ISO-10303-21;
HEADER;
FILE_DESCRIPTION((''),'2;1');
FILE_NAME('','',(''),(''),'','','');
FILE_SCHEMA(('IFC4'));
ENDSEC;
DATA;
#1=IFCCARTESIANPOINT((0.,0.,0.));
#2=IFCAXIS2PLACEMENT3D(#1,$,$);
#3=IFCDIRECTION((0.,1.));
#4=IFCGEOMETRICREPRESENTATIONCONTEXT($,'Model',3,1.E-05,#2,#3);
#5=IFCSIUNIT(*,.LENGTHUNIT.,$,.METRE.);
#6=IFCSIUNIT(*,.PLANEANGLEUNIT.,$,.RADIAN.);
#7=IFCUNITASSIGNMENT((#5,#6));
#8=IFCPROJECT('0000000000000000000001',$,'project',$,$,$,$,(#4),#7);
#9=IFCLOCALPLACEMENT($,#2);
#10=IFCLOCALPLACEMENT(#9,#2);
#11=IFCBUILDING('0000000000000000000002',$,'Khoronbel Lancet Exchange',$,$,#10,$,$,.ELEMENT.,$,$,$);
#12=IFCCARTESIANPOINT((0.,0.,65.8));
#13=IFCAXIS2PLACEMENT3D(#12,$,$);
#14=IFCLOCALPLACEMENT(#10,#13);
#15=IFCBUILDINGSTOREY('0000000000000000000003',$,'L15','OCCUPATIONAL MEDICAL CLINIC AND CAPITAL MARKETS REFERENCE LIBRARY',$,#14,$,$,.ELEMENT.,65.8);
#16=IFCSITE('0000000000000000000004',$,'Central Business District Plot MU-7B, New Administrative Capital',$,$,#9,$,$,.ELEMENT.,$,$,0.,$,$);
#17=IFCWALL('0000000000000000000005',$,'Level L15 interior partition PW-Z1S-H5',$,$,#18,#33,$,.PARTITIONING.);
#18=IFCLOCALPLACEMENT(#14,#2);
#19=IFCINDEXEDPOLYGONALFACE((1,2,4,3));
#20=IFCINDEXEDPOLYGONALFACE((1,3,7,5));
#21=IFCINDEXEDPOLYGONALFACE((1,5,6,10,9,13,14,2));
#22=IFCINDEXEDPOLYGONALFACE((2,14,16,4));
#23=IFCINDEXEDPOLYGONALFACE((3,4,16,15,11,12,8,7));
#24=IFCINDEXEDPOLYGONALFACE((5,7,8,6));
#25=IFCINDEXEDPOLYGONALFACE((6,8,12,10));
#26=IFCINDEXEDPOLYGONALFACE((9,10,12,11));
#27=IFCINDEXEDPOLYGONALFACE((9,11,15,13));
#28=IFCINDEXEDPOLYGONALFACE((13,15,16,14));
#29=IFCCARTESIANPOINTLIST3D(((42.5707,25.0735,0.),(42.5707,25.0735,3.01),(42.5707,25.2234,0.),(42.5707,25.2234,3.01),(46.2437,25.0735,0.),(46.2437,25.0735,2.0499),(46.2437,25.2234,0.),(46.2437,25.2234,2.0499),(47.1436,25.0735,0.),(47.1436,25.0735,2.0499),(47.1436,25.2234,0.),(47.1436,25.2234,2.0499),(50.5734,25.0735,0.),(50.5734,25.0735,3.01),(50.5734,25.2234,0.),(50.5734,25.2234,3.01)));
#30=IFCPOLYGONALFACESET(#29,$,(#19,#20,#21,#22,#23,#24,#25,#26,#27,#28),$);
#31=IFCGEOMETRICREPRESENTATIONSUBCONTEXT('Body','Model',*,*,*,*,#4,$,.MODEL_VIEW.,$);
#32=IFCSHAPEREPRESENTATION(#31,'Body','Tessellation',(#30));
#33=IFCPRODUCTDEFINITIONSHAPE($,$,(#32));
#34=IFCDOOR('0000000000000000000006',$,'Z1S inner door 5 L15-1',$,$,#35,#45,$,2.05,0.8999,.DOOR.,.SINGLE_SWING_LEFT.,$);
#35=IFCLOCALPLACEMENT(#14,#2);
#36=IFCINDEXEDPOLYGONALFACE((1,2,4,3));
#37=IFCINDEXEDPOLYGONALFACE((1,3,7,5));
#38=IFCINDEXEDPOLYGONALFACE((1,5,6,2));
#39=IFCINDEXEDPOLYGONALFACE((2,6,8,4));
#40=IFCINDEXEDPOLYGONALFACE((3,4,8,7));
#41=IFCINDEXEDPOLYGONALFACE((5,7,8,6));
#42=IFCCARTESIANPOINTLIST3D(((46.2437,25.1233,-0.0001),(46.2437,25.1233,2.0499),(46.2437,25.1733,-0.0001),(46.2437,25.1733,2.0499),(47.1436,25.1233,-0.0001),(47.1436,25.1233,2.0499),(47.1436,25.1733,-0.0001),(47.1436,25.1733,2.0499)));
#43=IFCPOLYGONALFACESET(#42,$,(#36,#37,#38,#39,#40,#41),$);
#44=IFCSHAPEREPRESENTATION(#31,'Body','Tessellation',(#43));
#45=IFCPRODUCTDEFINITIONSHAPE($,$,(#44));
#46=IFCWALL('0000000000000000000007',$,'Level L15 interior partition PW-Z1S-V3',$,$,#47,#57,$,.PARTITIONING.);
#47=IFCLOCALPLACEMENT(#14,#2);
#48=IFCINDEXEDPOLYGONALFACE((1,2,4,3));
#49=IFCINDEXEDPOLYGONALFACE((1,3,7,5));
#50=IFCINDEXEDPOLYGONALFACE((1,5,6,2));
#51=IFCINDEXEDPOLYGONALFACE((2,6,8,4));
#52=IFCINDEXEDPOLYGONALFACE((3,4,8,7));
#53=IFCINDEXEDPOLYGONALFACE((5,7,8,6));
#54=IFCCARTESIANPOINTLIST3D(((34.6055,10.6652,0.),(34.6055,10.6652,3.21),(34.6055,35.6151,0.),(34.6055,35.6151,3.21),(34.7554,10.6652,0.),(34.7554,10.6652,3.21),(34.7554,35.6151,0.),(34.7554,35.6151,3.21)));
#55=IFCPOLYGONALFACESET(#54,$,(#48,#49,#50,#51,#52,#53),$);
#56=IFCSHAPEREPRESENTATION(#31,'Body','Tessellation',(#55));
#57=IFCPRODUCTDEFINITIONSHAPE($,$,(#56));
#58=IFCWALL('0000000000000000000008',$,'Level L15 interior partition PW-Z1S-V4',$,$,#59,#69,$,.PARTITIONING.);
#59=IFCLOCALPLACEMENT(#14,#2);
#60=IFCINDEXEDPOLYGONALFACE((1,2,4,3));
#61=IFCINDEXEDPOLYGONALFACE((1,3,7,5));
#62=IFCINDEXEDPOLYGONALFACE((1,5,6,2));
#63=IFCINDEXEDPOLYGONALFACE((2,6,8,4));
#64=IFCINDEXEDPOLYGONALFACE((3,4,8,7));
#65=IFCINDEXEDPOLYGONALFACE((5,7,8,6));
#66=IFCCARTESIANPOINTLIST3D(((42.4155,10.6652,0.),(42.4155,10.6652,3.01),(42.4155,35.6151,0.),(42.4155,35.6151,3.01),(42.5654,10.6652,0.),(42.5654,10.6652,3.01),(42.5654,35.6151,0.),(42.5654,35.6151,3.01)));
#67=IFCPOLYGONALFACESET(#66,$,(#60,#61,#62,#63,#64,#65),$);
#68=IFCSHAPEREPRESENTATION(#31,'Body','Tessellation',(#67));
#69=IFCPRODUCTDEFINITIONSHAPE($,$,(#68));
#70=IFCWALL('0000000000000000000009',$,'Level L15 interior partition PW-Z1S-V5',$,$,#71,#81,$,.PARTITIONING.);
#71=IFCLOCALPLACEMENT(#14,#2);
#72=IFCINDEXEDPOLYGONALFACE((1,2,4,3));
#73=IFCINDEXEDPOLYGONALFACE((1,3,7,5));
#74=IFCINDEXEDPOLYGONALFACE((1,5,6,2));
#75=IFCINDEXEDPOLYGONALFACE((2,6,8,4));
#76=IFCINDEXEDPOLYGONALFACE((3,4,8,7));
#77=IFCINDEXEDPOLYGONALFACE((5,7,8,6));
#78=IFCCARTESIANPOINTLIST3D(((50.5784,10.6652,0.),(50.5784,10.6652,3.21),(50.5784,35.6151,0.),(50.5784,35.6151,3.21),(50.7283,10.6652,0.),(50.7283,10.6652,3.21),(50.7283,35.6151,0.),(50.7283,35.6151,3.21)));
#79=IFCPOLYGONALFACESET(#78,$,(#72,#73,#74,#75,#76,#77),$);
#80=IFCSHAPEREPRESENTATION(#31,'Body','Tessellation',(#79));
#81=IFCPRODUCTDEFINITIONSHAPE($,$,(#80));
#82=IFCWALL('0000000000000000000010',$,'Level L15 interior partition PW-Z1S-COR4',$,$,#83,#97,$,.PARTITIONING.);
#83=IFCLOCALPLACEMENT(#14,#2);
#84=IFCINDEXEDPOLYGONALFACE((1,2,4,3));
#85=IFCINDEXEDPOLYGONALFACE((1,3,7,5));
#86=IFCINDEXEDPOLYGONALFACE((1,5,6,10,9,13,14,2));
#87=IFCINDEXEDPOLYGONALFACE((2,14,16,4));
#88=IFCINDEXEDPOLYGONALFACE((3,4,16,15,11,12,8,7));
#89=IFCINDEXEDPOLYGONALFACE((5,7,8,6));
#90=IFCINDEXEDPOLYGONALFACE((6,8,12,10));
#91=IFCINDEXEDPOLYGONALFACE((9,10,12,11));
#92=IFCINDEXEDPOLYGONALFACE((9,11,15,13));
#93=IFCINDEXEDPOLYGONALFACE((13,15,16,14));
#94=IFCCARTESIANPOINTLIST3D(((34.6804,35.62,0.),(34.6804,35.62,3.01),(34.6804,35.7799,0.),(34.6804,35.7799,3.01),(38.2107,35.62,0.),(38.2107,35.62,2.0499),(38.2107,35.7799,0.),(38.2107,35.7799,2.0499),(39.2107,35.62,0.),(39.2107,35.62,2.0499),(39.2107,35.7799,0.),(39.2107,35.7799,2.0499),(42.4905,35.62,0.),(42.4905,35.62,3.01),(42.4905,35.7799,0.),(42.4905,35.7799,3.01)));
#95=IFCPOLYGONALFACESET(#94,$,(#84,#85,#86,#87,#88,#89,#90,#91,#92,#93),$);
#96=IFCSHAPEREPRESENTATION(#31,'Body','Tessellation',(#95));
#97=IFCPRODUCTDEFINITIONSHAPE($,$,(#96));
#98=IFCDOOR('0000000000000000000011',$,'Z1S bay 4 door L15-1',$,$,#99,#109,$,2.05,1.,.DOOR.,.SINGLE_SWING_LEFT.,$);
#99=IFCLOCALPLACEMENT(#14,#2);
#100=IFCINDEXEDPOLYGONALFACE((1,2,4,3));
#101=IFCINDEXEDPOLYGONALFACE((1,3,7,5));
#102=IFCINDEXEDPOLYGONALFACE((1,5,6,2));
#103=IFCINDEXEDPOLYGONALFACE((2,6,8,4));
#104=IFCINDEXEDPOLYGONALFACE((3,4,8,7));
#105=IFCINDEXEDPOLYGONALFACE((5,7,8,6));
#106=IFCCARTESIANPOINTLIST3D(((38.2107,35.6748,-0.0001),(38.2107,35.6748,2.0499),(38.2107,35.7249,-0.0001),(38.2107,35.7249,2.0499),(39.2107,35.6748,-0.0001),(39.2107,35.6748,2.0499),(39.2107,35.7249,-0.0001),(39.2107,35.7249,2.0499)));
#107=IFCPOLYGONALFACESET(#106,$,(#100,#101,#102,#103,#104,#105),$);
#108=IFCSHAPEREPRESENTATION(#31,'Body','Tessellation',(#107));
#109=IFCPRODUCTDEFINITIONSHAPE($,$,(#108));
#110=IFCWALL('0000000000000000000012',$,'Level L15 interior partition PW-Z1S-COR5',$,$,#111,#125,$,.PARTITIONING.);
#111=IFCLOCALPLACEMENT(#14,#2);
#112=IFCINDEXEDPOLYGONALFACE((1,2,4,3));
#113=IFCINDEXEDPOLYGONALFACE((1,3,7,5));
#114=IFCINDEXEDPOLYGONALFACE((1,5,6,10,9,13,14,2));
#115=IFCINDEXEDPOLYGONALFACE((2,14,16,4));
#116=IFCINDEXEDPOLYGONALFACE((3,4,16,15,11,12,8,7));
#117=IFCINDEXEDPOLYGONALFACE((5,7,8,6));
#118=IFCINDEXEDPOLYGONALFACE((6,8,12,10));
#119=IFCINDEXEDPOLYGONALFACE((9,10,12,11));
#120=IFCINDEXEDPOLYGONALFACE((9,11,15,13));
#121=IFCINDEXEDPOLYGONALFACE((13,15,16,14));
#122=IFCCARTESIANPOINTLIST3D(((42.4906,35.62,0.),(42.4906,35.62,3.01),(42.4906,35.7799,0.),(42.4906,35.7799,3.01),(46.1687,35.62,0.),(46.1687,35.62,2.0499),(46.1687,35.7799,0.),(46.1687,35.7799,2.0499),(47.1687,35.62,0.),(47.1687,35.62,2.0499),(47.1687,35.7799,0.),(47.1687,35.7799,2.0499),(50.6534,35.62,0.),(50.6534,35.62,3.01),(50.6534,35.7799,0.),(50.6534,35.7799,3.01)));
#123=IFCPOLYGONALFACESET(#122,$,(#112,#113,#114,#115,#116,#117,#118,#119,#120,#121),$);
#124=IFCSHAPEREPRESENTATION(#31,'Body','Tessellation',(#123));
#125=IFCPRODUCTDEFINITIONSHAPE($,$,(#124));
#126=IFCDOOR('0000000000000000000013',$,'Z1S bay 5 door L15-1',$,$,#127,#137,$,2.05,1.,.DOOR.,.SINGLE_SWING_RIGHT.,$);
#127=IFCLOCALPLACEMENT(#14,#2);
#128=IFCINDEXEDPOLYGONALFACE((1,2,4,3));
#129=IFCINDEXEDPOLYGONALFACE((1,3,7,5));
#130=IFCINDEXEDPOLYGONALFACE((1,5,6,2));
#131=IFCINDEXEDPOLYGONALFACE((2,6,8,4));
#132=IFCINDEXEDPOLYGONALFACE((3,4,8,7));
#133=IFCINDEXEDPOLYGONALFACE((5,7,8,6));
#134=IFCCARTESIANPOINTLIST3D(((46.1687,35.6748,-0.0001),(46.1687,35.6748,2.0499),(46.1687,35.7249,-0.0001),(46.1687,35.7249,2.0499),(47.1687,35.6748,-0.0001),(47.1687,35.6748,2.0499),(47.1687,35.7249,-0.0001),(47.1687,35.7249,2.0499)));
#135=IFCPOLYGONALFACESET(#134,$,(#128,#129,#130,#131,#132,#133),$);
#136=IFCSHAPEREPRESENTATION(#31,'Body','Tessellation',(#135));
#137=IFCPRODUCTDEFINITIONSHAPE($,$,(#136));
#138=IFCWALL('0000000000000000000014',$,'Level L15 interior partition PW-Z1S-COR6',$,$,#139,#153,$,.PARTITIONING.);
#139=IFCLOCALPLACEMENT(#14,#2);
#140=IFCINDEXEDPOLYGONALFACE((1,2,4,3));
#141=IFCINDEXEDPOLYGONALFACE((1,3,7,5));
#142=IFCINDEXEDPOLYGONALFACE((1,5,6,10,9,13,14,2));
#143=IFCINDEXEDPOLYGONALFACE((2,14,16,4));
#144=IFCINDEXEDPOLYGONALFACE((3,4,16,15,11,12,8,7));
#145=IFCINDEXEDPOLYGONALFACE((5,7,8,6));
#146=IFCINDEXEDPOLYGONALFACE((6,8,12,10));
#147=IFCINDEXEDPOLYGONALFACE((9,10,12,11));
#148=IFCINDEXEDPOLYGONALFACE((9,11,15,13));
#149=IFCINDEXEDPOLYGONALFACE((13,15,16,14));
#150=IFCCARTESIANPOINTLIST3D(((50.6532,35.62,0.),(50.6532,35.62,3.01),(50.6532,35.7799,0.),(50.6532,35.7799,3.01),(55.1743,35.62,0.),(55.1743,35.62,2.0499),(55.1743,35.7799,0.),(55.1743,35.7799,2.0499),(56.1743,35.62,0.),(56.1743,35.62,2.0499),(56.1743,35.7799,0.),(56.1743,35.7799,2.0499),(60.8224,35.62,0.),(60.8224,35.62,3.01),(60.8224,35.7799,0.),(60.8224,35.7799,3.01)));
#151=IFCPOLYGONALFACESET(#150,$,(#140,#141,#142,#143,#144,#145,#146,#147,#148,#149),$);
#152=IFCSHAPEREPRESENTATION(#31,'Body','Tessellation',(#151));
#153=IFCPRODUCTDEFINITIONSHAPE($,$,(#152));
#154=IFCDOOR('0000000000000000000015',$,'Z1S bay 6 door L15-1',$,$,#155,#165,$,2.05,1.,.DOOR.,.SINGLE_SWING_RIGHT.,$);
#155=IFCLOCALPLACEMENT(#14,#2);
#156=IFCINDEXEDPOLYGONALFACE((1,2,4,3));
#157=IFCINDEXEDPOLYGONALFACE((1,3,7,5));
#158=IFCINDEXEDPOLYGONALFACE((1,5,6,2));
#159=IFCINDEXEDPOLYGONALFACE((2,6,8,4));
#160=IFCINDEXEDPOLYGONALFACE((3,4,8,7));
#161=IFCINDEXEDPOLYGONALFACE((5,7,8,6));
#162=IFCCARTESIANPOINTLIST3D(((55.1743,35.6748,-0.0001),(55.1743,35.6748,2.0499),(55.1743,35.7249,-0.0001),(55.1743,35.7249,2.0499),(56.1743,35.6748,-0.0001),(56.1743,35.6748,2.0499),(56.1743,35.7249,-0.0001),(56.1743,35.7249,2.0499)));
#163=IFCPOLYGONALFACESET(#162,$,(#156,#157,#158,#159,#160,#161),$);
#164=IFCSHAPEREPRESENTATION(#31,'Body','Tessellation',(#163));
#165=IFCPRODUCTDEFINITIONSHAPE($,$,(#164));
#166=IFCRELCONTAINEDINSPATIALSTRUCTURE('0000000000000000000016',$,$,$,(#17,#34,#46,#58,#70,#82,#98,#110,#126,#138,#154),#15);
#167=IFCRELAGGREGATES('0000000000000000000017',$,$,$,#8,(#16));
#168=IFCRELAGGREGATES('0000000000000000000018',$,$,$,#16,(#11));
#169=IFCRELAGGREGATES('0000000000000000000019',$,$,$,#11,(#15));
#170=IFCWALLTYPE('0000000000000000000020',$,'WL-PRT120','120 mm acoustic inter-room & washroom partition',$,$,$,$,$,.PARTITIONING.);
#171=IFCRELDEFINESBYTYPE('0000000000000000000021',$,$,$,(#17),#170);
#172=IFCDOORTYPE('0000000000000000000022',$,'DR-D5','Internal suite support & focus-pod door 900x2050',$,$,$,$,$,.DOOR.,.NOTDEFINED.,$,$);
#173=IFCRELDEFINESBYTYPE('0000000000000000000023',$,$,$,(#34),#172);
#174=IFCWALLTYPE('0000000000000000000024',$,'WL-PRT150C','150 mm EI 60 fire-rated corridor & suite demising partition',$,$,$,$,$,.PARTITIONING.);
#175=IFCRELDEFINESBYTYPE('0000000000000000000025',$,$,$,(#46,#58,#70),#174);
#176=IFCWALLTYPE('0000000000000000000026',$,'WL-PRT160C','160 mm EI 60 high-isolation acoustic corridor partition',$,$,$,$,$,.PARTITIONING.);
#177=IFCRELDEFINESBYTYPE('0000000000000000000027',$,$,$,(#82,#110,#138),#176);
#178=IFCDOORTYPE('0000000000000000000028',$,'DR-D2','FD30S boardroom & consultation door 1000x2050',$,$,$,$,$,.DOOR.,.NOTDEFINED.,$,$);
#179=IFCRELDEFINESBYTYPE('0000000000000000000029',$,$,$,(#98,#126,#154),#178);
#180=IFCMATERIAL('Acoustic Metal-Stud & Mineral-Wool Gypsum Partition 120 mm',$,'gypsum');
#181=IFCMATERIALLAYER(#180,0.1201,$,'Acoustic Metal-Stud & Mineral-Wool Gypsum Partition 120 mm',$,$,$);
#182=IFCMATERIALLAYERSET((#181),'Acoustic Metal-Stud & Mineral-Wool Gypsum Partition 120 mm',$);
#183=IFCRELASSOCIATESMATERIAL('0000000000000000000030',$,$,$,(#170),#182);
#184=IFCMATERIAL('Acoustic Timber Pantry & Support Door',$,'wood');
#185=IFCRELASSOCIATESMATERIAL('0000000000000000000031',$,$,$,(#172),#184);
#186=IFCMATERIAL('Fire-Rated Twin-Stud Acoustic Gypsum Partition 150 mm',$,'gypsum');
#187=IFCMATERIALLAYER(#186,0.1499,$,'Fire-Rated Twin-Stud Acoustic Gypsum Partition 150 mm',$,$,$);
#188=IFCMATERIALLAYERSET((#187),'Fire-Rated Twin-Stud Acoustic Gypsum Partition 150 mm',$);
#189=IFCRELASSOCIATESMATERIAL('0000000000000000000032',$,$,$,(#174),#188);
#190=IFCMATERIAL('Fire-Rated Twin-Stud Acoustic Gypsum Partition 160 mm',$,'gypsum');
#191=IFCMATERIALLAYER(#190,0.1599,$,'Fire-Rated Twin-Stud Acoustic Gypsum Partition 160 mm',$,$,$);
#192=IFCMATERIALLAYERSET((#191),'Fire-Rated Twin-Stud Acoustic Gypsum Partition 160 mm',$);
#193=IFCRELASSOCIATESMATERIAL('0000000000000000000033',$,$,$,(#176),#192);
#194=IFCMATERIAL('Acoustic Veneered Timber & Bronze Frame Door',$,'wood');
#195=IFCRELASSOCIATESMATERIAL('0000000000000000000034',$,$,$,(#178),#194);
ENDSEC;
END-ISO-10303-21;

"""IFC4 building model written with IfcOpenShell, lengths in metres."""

from ifc_helpers import new_model, si_unit, direction, frame, frame_2d, origin, place, context, subcontext, project, spatial, rectangle, extrude, material, layer, layer_set, type_object, element, fill, save


model = new_model("IFC4")

# Units and contexts
model_context = context("Model", 3, precision=1e-05, world=origin(), true_north=direction((0.0, 1.0)))
body_context = subcontext(model_context, "Body", "Model", "MODEL_VIEW")
ifc_project = project(units=[si_unit("LENGTHUNIT", "METRE"), si_unit("PLANEANGLEUNIT", "RADIAN")], contexts=[model_context])

# Site, building, storey
site_placement = place(None, origin())
site = spatial("IfcSite", under=ifc_project, at=site_placement, Name="Central Business District Plot MU-7B, New Administrative Capital", CompositionType="ELEMENT", RefElevation=0.0)
building_placement = place(site_placement, origin())
building = spatial("IfcBuilding", under=site, at=building_placement, Name="Khoronbel Lancet Exchange", CompositionType="ELEMENT")
storey_placement = place(building_placement, frame((0.0, 0.0, 65.8)))
storey = spatial("IfcBuildingStorey", under=building, at=storey_placement, Name="L15", Description="OCCUPATIONAL MEDICAL CLINIC AND CAPITAL MARKETS REFERENCE LIBRARY", CompositionType="ELEMENT", Elevation=65.8)

# Wall, opening, door
ifc_material_1 = material(Name="Acoustic Metal-Stud & Mineral-Wool Gypsum Partition 120 mm", Category="gypsum")
ifc_layer_1 = layer(ifc_material_1, 0.1201, Name="Acoustic Metal-Stud & Mineral-Wool Gypsum Partition 120 mm")
ifc_layer_set_1 = layer_set([ifc_layer_1], Name="Acoustic Metal-Stud & Mineral-Wool Gypsum Partition 120 mm")
wall_type_1 = type_object("IfcWallType", Name="WL-PRT120", Description="120 mm acoustic inter-room & washroom partition", PredefinedType="PARTITIONING", material=ifc_layer_set_1)
wall_1_placement = place(storey_placement, frame((42.5706, 25.1484, 0.0), z_axis=(0.0, 0.0, 1.0), x_axis=(1.0, 0.0, 0.0)))
wall_1 = element("IfcWall", 1, at=wall_1_placement, inside=storey, type_object=wall_type_1, Name="Level L15 interior partition PW-Z1S-H5", PredefinedType="PARTITIONING", context=body_context, shape_type="SweptSolid", body=[
    extrude(rectangle(XDim=8.0027, YDim=0.1499, at=frame_2d((4.0015, 0.0))), origin(), (0.0, 0.0, 1.0), 3.01),
])
opening_1_placement = place(wall_1_placement, frame((3.6731, 0.0, 0.0)))
opening_1 = element("IfcOpeningElement", 2, at=opening_1_placement, cuts=wall_1, PredefinedType="OPENING", context=body_context, shape_type="SweptSolid", body=[
    extrude(rectangle(XDim=0.8999, YDim=2.05, at=frame_2d((0.45, 1.0249))), frame((0.0, 0.085, 0.0), z_axis=(0.0, -1.0, 0.0), x_axis=(1.0, 0.0, 0.0)), (0.0, 0.0, 1.0), 0.1699),
])
ifc_material_2 = material(Name="Acoustic Timber Pantry & Support Door", Category="wood")
door_type_1 = type_object("IfcDoorType", Name="DR-D5", Description="Internal suite support & focus-pod door 900x2050", OperationType="NOTDEFINED", PredefinedType="DOOR", material=ifc_material_2)
door_1_placement = place(opening_1_placement, origin())
door_1 = element("IfcDoor", 3, at=door_1_placement, inside=storey, type_object=door_type_1, Name="Z1S inner door 5 L15-1", OperationType="SINGLE_SWING_LEFT", OverallHeight=2.05, OverallWidth=0.8999, PredefinedType="DOOR", context=body_context, shape_type="SweptSolid", body=[
    extrude(rectangle(XDim=0.8999, YDim=2.05, at=frame_2d((0.45, 1.0249))), frame((0.0, 0.0249, 0.0), z_axis=(0.0, -1.0, 0.0), x_axis=(1.0, 0.0, 0.0)), (0.0, 0.0, 1.0), 0.05),
])
fill(opening_1, door_1)

# Walls
ifc_material_3 = material(Name="Fire-Rated Twin-Stud Acoustic Gypsum Partition 150 mm", Category="gypsum")
ifc_layer_2 = layer(ifc_material_3, 0.1499, Name="Fire-Rated Twin-Stud Acoustic Gypsum Partition 150 mm")
ifc_layer_set_2 = layer_set([ifc_layer_2], Name="Fire-Rated Twin-Stud Acoustic Gypsum Partition 150 mm")
wall_type_2 = type_object("IfcWallType", Name="WL-PRT150C", Description="150 mm EI 60 fire-rated corridor & suite demising partition", PredefinedType="PARTITIONING", material=ifc_layer_set_2)
wall_2_placement = place(storey_placement, frame((34.6804, 10.665, 0.0), z_axis=(0.0, 0.0, 1.0), x_axis=(0.0, 1.0, 0.0)))
element("IfcWall", 4, at=wall_2_placement, inside=storey, type_object=wall_type_2, Name="Level L15 interior partition PW-Z1S-V3", PredefinedType="PARTITIONING", context=body_context, shape_type="SweptSolid", body=[
    extrude(rectangle(XDim=24.95, YDim=0.1499, at=frame_2d((12.4751, 0.0))), origin(), (0.0, 0.0, 1.0), 3.21),
])
wall_3_placement = place(storey_placement, frame((42.4905, 10.665, 0.0), z_axis=(0.0, 0.0, 1.0), x_axis=(0.0, 1.0, 0.0)))
element("IfcWall", 5, at=wall_3_placement, inside=storey, type_object=wall_type_2, Name="Level L15 interior partition PW-Z1S-V4", PredefinedType="PARTITIONING", context=body_context, shape_type="SweptSolid", body=[
    extrude(rectangle(XDim=24.95, YDim=0.1499, at=frame_2d((12.4751, 0.0))), origin(), (0.0, 0.0, 1.0), 3.01),
])
wall_4_placement = place(storey_placement, frame((50.6533, 10.665, 0.0), z_axis=(0.0, 0.0, 1.0), x_axis=(0.0, 1.0, 0.0)))
element("IfcWall", 6, at=wall_4_placement, inside=storey, type_object=wall_type_2, Name="Level L15 interior partition PW-Z1S-V5", PredefinedType="PARTITIONING", context=body_context, shape_type="SweptSolid", body=[
    extrude(rectangle(XDim=24.95, YDim=0.1499, at=frame_2d((12.4751, 0.0))), origin(), (0.0, 0.0, 1.0), 3.21),
])

# Walls, openings, doors
ifc_material_4 = material(Name="Fire-Rated Twin-Stud Acoustic Gypsum Partition 160 mm", Category="gypsum")
ifc_layer_3 = layer(ifc_material_4, 0.1599, Name="Fire-Rated Twin-Stud Acoustic Gypsum Partition 160 mm")
ifc_layer_set_3 = layer_set([ifc_layer_3], Name="Fire-Rated Twin-Stud Acoustic Gypsum Partition 160 mm")
wall_type_3 = type_object("IfcWallType", Name="WL-PRT160C", Description="160 mm EI 60 high-isolation acoustic corridor partition", PredefinedType="PARTITIONING", material=ifc_layer_set_3)
wall_5_placement = place(storey_placement, frame((34.6804, 35.7, 0.0), z_axis=(0.0, 0.0, 1.0), x_axis=(1.0, 0.0, 0.0)))
wall_5 = element("IfcWall", 7, at=wall_5_placement, inside=storey, type_object=wall_type_3, Name="Level L15 interior partition PW-Z1S-COR4", PredefinedType="PARTITIONING", context=body_context, shape_type="SweptSolid", body=[
    extrude(rectangle(XDim=7.8101, YDim=0.1599, at=frame_2d((3.905, 0.0))), origin(), (0.0, 0.0, 1.0), 3.01),
])
opening_2_placement = place(wall_5_placement, frame((3.5303, 0.0, 0.0)))
opening_2 = element("IfcOpeningElement", 8, at=opening_2_placement, cuts=wall_5, PredefinedType="OPENING", context=body_context, shape_type="SweptSolid", body=[
    extrude(rectangle(XDim=1.0, YDim=2.05, at=frame_2d((0.5, 1.0249))), frame((0.0, 0.0898, 0.0), z_axis=(0.0, -1.0, 0.0), x_axis=(1.0, 0.0, 0.0)), (0.0, 0.0, 1.0), 0.1799),
])
ifc_material_5 = material(Name="Acoustic Veneered Timber & Bronze Frame Door", Category="wood")
door_type_2 = type_object("IfcDoorType", Name="DR-D2", Description="FD30S boardroom & consultation door 1000x2050", OperationType="NOTDEFINED", PredefinedType="DOOR", material=ifc_material_5)
door_2_placement = place(opening_2_placement, origin())
door_2 = element("IfcDoor", 9, at=door_2_placement, inside=storey, type_object=door_type_2, Name="Z1S bay 4 door L15-1", OperationType="SINGLE_SWING_LEFT", OverallHeight=2.05, OverallWidth=1.0, PredefinedType="DOOR", context=body_context, shape_type="SweptSolid", body=[
    extrude(rectangle(XDim=1.0, YDim=2.05, at=frame_2d((0.5, 1.0249))), frame((0.0, 0.0249, 0.0), z_axis=(0.0, -1.0, 0.0), x_axis=(1.0, 0.0, 0.0)), (0.0, 0.0, 1.0), 0.05),
])
fill(opening_2, door_2)
wall_6_placement = place(storey_placement, frame((42.4905, 35.7, 0.0), z_axis=(0.0, 0.0, 1.0), x_axis=(1.0, 0.0, 0.0)))
wall_6 = element("IfcWall", 10, at=wall_6_placement, inside=storey, type_object=wall_type_3, Name="Level L15 interior partition PW-Z1S-COR5", PredefinedType="PARTITIONING", context=body_context, shape_type="SweptSolid", body=[
    extrude(rectangle(XDim=8.1628, YDim=0.1599, at=frame_2d((4.0815, 0.0))), origin(), (0.0, 0.0, 1.0), 3.01),
])
opening_3_placement = place(wall_6_placement, frame((3.6782, 0.0, 0.0)))
opening_3 = element("IfcOpeningElement", 11, at=opening_3_placement, cuts=wall_6, PredefinedType="OPENING", context=body_context, shape_type="SweptSolid", body=[
    extrude(rectangle(XDim=1.0, YDim=2.05, at=frame_2d((0.5, 1.0249))), frame((0.0, 0.0898, 0.0), z_axis=(0.0, -1.0, 0.0), x_axis=(1.0, 0.0, 0.0)), (0.0, 0.0, 1.0), 0.1799),
])
door_3_placement = place(opening_3_placement, origin())
door_3 = element("IfcDoor", 12, at=door_3_placement, inside=storey, type_object=door_type_2, Name="Z1S bay 5 door L15-1", OperationType="SINGLE_SWING_RIGHT", OverallHeight=2.05, OverallWidth=1.0, PredefinedType="DOOR", context=body_context, shape_type="SweptSolid", body=[
    extrude(rectangle(XDim=1.0, YDim=2.05, at=frame_2d((0.5, 1.0249))), frame((0.0, 0.0249, 0.0), z_axis=(0.0, -1.0, 0.0), x_axis=(1.0, 0.0, 0.0)), (0.0, 0.0, 1.0), 0.05),
])
fill(opening_3, door_3)
wall_7_placement = place(storey_placement, frame((50.6533, 35.7, 0.0), z_axis=(0.0, 0.0, 1.0), x_axis=(1.0, 0.0, 0.0)))
wall_7 = element("IfcWall", 13, at=wall_7_placement, inside=storey, type_object=wall_type_3, Name="Level L15 interior partition PW-Z1S-COR6", PredefinedType="PARTITIONING", context=body_context, shape_type="SweptSolid", body=[
    extrude(rectangle(XDim=10.1692, YDim=0.1599, at=frame_2d((5.0845, 0.0))), origin(), (0.0, 0.0, 1.0), 3.01),
])
opening_4_placement = place(wall_7_placement, frame((4.521, 0.0, 0.0)))
opening_4 = element("IfcOpeningElement", 14, at=opening_4_placement, cuts=wall_7, PredefinedType="OPENING", context=body_context, shape_type="SweptSolid", body=[
    extrude(rectangle(XDim=1.0, YDim=2.05, at=frame_2d((0.5, 1.0249))), frame((0.0, 0.0898, 0.0), z_axis=(0.0, -1.0, 0.0), x_axis=(1.0, 0.0, 0.0)), (0.0, 0.0, 1.0), 0.1799),
])
door_4_placement = place(opening_4_placement, origin())
door_4 = element("IfcDoor", 15, at=door_4_placement, inside=storey, type_object=door_type_2, Name="Z1S bay 6 door L15-1", OperationType="SINGLE_SWING_RIGHT", OverallHeight=2.05, OverallWidth=1.0, PredefinedType="DOOR", context=body_context, shape_type="SweptSolid", body=[
    extrude(rectangle(XDim=1.0, YDim=2.05, at=frame_2d((0.5, 1.0249))), frame((0.0, 0.0249, 0.0), z_axis=(0.0, -1.0, 0.0), x_axis=(1.0, 0.0, 0.0)), (0.0, 0.0, 1.0), 0.05),
])
fill(opening_4, door_4)

save(model, "model.ifc")
